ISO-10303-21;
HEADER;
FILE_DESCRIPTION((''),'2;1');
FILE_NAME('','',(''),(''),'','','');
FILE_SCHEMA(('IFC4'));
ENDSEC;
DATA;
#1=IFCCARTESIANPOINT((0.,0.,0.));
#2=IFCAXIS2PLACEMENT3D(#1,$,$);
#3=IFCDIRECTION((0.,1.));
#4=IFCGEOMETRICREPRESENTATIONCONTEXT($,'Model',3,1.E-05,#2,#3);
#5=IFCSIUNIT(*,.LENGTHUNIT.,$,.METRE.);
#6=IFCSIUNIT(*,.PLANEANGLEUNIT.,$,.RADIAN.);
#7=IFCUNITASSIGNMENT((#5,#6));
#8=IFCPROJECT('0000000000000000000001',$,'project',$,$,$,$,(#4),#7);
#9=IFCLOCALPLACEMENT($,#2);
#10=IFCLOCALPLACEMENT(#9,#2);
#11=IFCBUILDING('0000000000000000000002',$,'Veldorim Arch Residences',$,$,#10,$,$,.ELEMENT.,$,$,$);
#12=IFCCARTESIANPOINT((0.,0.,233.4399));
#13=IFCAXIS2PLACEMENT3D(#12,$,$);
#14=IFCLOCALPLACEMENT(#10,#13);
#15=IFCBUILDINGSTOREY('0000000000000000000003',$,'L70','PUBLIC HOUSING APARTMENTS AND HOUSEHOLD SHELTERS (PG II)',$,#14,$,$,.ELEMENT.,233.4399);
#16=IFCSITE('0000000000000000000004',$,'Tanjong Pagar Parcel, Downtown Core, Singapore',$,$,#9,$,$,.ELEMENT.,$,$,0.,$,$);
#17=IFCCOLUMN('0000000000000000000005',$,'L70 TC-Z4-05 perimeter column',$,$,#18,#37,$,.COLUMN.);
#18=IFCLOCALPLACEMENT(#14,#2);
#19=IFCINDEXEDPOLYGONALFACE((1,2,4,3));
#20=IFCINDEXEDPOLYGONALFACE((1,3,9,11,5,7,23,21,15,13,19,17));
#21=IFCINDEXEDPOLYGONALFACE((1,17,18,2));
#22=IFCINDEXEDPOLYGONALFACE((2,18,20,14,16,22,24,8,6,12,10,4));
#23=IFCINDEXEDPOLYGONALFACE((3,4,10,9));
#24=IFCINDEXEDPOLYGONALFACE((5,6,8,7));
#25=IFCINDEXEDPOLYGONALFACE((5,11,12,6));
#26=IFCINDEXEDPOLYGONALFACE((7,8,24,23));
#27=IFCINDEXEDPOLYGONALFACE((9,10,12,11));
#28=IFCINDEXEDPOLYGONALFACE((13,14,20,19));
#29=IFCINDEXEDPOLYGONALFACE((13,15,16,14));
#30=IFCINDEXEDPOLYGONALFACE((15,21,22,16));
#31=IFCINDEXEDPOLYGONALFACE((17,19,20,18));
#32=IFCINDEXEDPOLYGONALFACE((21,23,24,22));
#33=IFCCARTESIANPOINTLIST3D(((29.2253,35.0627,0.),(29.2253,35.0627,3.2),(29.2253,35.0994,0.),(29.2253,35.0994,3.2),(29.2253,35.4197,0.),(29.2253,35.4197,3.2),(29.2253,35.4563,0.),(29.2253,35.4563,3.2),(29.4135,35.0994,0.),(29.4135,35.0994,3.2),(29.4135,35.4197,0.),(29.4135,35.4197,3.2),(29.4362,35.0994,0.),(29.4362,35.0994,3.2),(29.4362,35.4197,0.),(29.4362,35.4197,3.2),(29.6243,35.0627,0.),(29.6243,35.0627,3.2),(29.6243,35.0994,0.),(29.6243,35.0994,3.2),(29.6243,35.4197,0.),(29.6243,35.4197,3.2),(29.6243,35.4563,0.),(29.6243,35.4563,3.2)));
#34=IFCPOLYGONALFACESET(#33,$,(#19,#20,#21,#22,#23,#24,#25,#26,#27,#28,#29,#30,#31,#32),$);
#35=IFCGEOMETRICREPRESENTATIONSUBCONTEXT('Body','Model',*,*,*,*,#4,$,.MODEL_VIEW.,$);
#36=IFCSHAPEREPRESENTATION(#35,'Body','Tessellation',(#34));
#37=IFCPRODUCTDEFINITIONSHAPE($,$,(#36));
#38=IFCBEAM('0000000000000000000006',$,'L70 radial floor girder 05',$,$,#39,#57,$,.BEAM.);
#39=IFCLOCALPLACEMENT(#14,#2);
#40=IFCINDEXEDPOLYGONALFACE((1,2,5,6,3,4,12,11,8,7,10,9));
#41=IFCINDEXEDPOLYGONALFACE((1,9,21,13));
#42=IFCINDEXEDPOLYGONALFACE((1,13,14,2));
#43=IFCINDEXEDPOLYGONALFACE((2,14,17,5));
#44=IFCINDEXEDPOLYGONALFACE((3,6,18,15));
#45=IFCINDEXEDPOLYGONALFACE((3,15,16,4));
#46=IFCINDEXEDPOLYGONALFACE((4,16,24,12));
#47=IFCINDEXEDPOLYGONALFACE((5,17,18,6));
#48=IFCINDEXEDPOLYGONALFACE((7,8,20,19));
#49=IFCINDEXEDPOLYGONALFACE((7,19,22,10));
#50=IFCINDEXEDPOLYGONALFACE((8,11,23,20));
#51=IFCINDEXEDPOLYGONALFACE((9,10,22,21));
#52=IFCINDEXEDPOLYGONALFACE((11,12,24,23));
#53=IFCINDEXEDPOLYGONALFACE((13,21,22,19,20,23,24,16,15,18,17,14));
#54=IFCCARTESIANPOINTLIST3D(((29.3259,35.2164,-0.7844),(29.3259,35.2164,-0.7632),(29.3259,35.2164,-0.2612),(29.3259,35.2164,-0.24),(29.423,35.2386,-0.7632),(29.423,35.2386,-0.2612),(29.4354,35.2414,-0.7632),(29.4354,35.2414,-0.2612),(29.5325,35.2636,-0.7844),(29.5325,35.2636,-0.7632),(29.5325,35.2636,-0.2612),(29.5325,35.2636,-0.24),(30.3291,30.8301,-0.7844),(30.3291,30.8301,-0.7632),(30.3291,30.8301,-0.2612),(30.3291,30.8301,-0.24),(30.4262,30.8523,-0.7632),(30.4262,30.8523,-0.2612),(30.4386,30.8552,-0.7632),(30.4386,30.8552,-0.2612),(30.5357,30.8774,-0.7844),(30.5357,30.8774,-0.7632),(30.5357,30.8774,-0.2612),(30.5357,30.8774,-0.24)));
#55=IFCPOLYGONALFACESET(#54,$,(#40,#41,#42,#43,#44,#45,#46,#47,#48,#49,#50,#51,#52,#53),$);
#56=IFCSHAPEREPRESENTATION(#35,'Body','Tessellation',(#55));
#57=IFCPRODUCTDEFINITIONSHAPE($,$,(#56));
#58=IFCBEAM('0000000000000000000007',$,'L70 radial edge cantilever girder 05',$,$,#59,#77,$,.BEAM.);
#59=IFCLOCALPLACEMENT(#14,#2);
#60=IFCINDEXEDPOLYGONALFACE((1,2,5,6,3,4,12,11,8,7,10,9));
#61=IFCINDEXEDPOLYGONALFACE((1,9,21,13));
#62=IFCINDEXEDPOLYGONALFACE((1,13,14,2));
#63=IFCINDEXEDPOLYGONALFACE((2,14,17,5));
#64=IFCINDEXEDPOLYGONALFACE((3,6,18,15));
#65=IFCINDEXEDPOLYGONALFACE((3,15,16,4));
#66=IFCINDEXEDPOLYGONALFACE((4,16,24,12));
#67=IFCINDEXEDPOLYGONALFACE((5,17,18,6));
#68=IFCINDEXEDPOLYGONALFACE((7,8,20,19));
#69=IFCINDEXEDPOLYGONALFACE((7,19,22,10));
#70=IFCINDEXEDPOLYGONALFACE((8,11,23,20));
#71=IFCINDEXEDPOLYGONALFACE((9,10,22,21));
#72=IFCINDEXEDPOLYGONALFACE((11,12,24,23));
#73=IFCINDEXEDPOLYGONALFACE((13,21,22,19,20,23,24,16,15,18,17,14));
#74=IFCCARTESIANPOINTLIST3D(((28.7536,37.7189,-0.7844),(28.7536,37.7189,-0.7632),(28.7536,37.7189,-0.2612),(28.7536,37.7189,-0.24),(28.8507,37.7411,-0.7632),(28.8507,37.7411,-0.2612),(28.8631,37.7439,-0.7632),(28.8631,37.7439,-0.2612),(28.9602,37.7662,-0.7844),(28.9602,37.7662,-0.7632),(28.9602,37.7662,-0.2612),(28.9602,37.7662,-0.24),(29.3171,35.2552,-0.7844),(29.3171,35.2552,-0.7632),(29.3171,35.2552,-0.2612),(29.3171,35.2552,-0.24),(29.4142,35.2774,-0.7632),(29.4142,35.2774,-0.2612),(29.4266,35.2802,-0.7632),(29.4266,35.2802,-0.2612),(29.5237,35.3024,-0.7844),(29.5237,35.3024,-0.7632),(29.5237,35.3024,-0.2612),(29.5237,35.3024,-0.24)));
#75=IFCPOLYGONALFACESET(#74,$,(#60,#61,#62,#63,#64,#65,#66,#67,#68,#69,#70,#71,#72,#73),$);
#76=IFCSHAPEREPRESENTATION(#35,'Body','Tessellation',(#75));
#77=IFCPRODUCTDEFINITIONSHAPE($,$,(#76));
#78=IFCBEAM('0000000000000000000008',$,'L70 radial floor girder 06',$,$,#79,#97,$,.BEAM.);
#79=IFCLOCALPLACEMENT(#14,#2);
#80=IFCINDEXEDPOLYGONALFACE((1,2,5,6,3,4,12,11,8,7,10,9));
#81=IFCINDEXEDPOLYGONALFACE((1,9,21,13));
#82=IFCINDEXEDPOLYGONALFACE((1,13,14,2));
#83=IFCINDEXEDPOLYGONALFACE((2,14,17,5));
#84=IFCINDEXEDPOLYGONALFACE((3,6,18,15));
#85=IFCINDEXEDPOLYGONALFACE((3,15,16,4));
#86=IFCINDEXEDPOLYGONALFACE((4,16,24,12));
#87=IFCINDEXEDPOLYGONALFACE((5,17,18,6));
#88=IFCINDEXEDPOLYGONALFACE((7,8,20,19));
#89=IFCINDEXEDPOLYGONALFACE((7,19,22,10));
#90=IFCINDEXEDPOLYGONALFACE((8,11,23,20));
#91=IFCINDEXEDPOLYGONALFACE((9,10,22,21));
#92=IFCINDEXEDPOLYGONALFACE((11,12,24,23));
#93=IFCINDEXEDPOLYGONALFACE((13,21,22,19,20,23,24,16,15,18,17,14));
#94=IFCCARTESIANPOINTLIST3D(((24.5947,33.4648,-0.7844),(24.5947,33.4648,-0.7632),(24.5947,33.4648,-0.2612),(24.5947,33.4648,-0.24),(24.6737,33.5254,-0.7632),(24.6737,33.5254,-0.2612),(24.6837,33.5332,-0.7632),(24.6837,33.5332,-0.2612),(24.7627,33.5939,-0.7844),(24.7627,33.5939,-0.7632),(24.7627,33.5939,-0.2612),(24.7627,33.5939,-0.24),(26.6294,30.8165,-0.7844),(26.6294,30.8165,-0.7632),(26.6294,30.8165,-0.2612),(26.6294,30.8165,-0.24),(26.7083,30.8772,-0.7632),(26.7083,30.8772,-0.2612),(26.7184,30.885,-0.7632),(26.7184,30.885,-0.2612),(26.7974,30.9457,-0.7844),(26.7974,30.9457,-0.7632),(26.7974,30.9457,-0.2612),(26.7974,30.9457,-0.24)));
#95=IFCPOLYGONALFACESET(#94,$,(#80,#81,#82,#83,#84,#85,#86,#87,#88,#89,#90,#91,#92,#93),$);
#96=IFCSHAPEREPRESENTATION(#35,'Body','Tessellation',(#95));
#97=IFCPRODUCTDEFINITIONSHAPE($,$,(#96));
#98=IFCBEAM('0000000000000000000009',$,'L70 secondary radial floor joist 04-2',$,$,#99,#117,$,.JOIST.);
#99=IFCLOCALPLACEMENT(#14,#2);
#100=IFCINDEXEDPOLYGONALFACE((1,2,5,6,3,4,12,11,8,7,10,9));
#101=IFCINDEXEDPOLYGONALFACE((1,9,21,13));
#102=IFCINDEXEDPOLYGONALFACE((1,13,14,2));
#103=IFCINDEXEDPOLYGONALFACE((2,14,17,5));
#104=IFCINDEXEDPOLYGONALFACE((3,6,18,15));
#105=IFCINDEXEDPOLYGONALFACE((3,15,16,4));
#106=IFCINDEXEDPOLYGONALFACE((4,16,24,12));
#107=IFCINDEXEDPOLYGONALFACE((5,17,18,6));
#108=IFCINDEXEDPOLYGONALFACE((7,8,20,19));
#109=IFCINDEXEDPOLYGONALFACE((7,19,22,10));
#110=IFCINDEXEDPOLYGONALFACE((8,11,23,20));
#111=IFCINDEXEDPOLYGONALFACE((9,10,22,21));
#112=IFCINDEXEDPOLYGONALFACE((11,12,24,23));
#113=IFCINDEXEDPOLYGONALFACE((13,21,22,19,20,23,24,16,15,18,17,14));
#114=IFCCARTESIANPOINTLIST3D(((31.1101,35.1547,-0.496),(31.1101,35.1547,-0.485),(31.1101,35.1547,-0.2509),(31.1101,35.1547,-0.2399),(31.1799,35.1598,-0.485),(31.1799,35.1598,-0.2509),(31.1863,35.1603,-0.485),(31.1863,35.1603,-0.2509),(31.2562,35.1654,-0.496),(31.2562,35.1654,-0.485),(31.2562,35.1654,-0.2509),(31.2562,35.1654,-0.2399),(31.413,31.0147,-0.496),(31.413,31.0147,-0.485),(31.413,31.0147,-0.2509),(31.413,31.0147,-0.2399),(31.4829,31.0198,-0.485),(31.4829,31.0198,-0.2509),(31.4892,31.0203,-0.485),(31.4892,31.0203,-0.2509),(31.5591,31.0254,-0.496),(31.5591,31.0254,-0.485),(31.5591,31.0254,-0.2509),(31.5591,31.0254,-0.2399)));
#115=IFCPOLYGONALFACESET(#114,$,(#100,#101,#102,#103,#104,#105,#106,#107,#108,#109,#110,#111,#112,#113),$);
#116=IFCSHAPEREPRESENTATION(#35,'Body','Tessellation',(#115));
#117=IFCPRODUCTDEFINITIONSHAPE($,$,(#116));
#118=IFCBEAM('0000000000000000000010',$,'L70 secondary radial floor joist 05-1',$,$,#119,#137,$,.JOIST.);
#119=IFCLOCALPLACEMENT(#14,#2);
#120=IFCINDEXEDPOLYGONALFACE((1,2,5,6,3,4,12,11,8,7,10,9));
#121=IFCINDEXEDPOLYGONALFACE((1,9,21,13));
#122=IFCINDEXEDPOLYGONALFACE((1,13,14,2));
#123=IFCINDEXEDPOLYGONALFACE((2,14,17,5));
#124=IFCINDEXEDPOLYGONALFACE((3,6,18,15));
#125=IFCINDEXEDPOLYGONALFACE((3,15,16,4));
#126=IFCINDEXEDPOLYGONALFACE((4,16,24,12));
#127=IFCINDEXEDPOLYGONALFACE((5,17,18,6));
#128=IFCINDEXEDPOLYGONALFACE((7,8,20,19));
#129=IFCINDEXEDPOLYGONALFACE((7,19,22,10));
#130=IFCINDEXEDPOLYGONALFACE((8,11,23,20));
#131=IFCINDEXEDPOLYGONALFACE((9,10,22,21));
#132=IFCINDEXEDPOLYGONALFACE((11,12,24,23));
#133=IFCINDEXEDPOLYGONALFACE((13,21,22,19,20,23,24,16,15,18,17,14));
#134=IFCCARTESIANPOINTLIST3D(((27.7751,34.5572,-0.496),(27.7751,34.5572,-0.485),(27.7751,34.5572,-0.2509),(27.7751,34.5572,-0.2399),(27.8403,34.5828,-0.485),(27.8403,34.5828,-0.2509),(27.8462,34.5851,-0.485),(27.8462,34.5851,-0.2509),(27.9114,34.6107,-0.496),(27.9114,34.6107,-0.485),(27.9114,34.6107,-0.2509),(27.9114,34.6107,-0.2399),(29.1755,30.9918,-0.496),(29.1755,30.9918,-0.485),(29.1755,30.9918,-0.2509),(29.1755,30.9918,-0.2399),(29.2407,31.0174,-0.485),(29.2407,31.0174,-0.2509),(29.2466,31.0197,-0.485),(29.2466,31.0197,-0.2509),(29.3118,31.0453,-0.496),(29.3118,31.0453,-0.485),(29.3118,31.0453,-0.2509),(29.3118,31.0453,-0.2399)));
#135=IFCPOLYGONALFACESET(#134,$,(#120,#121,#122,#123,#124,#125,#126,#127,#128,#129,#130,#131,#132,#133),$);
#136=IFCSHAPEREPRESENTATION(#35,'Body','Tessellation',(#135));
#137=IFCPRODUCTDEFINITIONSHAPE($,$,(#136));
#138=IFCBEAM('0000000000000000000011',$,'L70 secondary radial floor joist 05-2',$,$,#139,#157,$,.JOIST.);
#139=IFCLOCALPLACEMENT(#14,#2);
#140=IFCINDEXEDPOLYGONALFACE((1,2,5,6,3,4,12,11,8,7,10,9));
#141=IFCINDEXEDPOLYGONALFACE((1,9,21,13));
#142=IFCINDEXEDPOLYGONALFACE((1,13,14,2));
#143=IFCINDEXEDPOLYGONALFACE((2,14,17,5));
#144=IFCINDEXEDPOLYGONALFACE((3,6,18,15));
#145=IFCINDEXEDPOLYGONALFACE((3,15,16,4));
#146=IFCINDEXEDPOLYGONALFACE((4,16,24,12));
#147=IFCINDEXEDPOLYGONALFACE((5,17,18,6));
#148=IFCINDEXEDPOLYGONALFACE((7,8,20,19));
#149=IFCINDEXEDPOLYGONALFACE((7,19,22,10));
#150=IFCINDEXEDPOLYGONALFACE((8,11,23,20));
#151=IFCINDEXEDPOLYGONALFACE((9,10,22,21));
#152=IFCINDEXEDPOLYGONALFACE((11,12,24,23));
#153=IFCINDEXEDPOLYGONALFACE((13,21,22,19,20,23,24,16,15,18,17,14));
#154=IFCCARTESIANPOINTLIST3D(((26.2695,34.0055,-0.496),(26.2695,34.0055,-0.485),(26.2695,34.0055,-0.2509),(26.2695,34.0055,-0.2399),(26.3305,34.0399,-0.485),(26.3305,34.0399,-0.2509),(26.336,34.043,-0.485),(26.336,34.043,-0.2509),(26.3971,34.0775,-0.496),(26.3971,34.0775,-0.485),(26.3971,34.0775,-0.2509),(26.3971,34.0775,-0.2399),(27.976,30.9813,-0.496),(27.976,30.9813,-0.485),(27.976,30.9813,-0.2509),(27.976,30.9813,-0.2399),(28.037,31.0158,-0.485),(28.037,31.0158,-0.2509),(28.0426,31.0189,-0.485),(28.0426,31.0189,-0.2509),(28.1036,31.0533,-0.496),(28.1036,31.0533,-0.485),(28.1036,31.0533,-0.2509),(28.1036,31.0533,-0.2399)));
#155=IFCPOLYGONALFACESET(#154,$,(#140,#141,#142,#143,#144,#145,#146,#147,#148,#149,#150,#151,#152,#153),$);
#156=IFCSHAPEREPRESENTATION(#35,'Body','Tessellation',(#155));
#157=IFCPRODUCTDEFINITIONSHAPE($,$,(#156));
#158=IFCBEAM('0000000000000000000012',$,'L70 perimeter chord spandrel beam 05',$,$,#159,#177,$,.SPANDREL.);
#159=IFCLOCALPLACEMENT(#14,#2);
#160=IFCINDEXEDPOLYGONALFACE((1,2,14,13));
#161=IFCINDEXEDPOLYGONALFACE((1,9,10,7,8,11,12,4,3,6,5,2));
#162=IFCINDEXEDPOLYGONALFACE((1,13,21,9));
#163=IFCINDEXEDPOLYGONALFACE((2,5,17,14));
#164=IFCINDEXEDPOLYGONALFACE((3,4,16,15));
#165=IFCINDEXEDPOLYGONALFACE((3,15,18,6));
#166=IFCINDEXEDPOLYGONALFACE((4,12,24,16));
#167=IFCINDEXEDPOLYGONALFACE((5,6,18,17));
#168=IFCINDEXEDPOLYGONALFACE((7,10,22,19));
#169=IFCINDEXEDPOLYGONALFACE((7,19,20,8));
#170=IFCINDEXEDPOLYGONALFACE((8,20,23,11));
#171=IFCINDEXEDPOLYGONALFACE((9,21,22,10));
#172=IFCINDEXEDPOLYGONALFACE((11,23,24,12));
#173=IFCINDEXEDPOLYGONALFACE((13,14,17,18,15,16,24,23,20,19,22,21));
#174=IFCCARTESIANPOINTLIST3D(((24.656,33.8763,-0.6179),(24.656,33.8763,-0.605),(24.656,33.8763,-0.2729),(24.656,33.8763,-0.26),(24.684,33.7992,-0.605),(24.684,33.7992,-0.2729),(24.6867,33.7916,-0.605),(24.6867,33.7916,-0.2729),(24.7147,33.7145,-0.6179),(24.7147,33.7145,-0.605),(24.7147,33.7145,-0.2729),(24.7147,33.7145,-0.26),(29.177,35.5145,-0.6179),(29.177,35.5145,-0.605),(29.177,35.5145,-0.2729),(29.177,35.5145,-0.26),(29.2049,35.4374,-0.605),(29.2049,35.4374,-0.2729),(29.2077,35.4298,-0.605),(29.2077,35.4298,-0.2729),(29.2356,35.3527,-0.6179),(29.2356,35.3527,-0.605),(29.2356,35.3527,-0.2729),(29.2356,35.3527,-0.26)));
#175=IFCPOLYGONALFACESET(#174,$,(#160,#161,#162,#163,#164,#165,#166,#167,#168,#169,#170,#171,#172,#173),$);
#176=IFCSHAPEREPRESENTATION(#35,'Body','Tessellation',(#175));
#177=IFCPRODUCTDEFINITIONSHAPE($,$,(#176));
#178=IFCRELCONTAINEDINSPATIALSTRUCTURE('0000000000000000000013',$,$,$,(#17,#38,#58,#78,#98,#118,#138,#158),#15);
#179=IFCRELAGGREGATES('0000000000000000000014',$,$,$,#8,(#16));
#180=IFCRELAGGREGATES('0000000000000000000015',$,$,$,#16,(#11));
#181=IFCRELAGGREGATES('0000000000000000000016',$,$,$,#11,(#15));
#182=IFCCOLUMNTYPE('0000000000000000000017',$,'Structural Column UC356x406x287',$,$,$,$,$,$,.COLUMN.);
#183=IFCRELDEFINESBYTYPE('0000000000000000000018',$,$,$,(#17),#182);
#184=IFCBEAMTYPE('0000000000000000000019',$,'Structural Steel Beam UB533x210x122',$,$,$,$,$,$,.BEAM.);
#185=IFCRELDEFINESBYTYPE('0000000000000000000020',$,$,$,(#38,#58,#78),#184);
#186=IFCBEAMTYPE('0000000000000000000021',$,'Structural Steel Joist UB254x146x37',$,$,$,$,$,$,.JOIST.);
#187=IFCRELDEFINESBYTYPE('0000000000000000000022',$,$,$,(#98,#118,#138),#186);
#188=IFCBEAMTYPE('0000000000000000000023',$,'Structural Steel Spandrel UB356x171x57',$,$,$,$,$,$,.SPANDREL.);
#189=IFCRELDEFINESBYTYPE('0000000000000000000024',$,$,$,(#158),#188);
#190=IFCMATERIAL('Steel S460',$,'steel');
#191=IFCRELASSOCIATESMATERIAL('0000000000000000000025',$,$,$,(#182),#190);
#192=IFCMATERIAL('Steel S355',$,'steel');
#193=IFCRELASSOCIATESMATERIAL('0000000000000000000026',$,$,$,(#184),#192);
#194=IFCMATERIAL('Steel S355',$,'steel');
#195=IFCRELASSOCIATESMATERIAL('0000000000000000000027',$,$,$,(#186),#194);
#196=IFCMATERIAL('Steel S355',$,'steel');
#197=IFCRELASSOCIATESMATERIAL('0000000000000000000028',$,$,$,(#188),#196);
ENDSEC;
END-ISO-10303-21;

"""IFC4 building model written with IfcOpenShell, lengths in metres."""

from ifc_helpers import new_model, si_unit, direction, frame, origin, origin_2d, place, context, subcontext, project, spatial, i_section, extrude, material, material_profile, profile_set, type_object, element, save


model = new_model("IFC4")

# Units and contexts
model_context = context("Model", 3, precision=1e-05, world=origin(), true_north=direction((0.0, 1.0)))
body_context = subcontext(model_context, "Body", "Model", "MODEL_VIEW")
ifc_project = project(units=[si_unit("LENGTHUNIT", "METRE"), si_unit("PLANEANGLEUNIT", "RADIAN")], contexts=[model_context])

# Site, building, storey
site_placement = place(None, origin())
site = spatial("IfcSite", under=ifc_project, at=site_placement, Name="Tanjong Pagar Parcel, Downtown Core, Singapore", CompositionType="ELEMENT", RefElevation=0.0)
building_placement = place(site_placement, origin())
building = spatial("IfcBuilding", under=site, at=building_placement, Name="Veldorim Arch Residences", CompositionType="ELEMENT")
storey_placement = place(building_placement, frame((0.0, 0.0, 233.4399)))
storey = spatial("IfcBuildingStorey", under=building, at=storey_placement, Name="L70", Description="PUBLIC HOUSING APARTMENTS AND HOUSEHOLD SHELTERS (PG II)", CompositionType="ELEMENT", Elevation=233.4399)

# Column
ifc_material_1 = material(Name="Steel S460", Category="steel")
ifc_material_profile_1 = material_profile(ifc_material_1, i_section(OverallWidth=0.3989, OverallDepth=0.3936, WebThickness=0.0227, FlangeThickness=0.0366, at=origin_2d()), Name="UC356x406x287")
ifc_profile_set_1 = profile_set([ifc_material_profile_1], Name="Steel S460")
column_type = type_object("IfcColumnType", Name="Structural Column UC356x406x287", PredefinedType="COLUMN", material=ifc_profile_set_1)
column_placement = place(storey_placement, frame((29.4248, 35.2595, 0.0), z_axis=(0.0, 0.0, 1.0), x_axis=(1.0, 0.0, 0.0)))
element("IfcColumn", 1, at=column_placement, inside=storey, type_object=column_type, Name="L70 TC-Z4-05 perimeter column", PredefinedType="COLUMN", context=body_context, shape_type="SweptSolid", body=[
    extrude(i_section(OverallWidth=0.3989, OverallDepth=0.3936, WebThickness=0.0227, FlangeThickness=0.0366, at=origin_2d()), origin(), (0.0, 0.0, 1.0), 3.2),
])

# Beams
ifc_material_2 = material(Name="Steel S355", Category="steel")
ifc_material_profile_2 = material_profile(ifc_material_2, i_section(OverallWidth=0.2119, OverallDepth=0.5444, WebThickness=0.0127, FlangeThickness=0.0212, at=origin_2d()), Name="UB533x210x122")
ifc_profile_set_2 = profile_set([ifc_material_profile_2], Name="Steel S355")
beam_type_1 = type_object("IfcBeamType", Name="Structural Steel Beam UB533x210x122", PredefinedType="BEAM", material=ifc_profile_set_2)
beam_1_placement = place(storey_placement, frame((30.4324, 30.8538, -0.5122), z_axis=(-0.222953, 0.974829, 0.0), x_axis=(-0.974829, -0.222953, 0.0)))
element("IfcBeam", 2, at=beam_1_placement, inside=storey, type_object=beam_type_1, Name="L70 radial floor girder 05", PredefinedType="BEAM", context=body_context, shape_type="SweptSolid", body=[
    extrude(i_section(OverallWidth=0.2119, OverallDepth=0.5444, WebThickness=0.0127, FlangeThickness=0.0212, at=origin_2d()), origin(), (0.0, 0.0, 1.0), 4.4995),
])
beam_2_placement = place(storey_placement, frame((29.4204, 35.2788, -0.5122), z_axis=(-0.222961, 0.974827, 0.0), x_axis=(-0.974827, -0.222961, 0.0)))
element("IfcBeam", 3, at=beam_2_placement, inside=storey, type_object=beam_type_1, Name="L70 radial edge cantilever girder 05", PredefinedType="BEAM", context=body_context, shape_type="SweptSolid", body=[
    extrude(i_section(OverallWidth=0.2119, OverallDepth=0.5444, WebThickness=0.0127, FlangeThickness=0.0212, at=origin_2d()), origin(), (0.0, 0.0, 1.0), 2.5273),
])
beam_3_placement = place(storey_placement, frame((26.7134, 30.8811, -0.5122), z_axis=(-0.609258, 0.792972, 0.0), x_axis=(-0.792972, -0.609258, 0.0)))
element("IfcBeam", 4, at=beam_3_placement, inside=storey, type_object=beam_type_1, Name="L70 radial floor girder 06", PredefinedType="BEAM", context=body_context, shape_type="SweptSolid", body=[
    extrude(i_section(OverallWidth=0.2119, OverallDepth=0.5444, WebThickness=0.0127, FlangeThickness=0.0212, at=origin_2d()), origin(), (0.0, 0.0, 1.0), 3.3396),
])
ifc_material_3 = material(Name="Steel S355", Category="steel")
ifc_material_profile_3 = material_profile(ifc_material_3, i_section(OverallWidth=0.1465, OverallDepth=0.2561, WebThickness=0.0063, FlangeThickness=0.011, at=origin_2d()), Name="UB254x146x37")
ifc_profile_set_3 = profile_set([ifc_material_profile_3], Name="Steel S355")
beam_type_2 = type_object("IfcBeamType", Name="Structural Steel Joist UB254x146x37", PredefinedType="JOIST", material=ifc_profile_set_3)
beam_4_placement = place(storey_placement, frame((31.4861, 31.02, -0.3679), z_axis=(-0.072986, 0.997333, 0.0), x_axis=(-0.997333, -0.072986, 0.0)))
element("IfcBeam", 5, at=beam_4_placement, inside=storey, type_object=beam_type_2, Name="L70 secondary radial floor joist 04-2", PredefinedType="JOIST", context=body_context, shape_type="SweptSolid", body=[
    extrude(i_section(OverallWidth=0.1465, OverallDepth=0.2561, WebThickness=0.0063, FlangeThickness=0.011, at=origin_2d()), origin(), (0.0, 0.0, 1.0), 4.1511),
])
beam_5_placement = place(storey_placement, frame((29.2437, 31.0186, -0.3679), z_axis=(-0.365581, 0.930779, 0.0), x_axis=(-0.930779, -0.365581, 0.0)))
element("IfcBeam", 6, at=beam_5_placement, inside=storey, type_object=beam_type_2, Name="L70 secondary radial floor joist 05-1", PredefinedType="JOIST", context=body_context, shape_type="SweptSolid", body=[
    extrude(i_section(OverallWidth=0.1465, OverallDepth=0.2561, WebThickness=0.0063, FlangeThickness=0.011, at=origin_2d()), origin(), (0.0, 0.0, 1.0), 3.8306),
])
beam_6_placement = place(storey_placement, frame((28.0398, 31.0173, -0.3679), z_axis=(-0.491452, 0.870904, 0.0), x_axis=(-0.870904, -0.491452, 0.0)))
element("IfcBeam", 7, at=beam_6_placement, inside=storey, type_object=beam_type_2, Name="L70 secondary radial floor joist 05-2", PredefinedType="JOIST", context=body_context, shape_type="SweptSolid", body=[
    extrude(i_section(OverallWidth=0.1465, OverallDepth=0.2561, WebThickness=0.0063, FlangeThickness=0.011, at=origin_2d()), origin(), (0.0, 0.0, 1.0), 3.4724),
])
ifc_material_4 = material(Name="Steel S355", Category="steel")
ifc_material_profile_4 = material_profile(ifc_material_4, i_section(OverallWidth=0.1721, OverallDepth=0.3579, WebThickness=0.0081, FlangeThickness=0.0129, at=origin_2d()), Name="UB356x171x57")
ifc_profile_set_4 = profile_set([ifc_material_profile_4], Name="Steel S355")
beam_type_3 = type_object("IfcBeamType", Name="Structural Steel Spandrel UB356x171x57", PredefinedType="SPANDREL", material=ifc_profile_set_4)
beam_7_placement = place(storey_placement, frame((29.2063, 35.4336, -0.439), z_axis=(-0.940181, -0.340675, 0.0), x_axis=(0.340675, -0.940181, 0.0)))
element("IfcBeam", 8, at=beam_7_placement, inside=storey, type_object=beam_type_3, Name="L70 perimeter chord spandrel beam 05", PredefinedType="SPANDREL", context=body_context, shape_type="SweptSolid", body=[
    extrude(i_section(OverallWidth=0.1721, OverallDepth=0.3579, WebThickness=0.0081, FlangeThickness=0.0129, at=origin_2d()), origin(), (0.0, 0.0, 1.0), 4.8086),
])

save(model, "model.ifc")
